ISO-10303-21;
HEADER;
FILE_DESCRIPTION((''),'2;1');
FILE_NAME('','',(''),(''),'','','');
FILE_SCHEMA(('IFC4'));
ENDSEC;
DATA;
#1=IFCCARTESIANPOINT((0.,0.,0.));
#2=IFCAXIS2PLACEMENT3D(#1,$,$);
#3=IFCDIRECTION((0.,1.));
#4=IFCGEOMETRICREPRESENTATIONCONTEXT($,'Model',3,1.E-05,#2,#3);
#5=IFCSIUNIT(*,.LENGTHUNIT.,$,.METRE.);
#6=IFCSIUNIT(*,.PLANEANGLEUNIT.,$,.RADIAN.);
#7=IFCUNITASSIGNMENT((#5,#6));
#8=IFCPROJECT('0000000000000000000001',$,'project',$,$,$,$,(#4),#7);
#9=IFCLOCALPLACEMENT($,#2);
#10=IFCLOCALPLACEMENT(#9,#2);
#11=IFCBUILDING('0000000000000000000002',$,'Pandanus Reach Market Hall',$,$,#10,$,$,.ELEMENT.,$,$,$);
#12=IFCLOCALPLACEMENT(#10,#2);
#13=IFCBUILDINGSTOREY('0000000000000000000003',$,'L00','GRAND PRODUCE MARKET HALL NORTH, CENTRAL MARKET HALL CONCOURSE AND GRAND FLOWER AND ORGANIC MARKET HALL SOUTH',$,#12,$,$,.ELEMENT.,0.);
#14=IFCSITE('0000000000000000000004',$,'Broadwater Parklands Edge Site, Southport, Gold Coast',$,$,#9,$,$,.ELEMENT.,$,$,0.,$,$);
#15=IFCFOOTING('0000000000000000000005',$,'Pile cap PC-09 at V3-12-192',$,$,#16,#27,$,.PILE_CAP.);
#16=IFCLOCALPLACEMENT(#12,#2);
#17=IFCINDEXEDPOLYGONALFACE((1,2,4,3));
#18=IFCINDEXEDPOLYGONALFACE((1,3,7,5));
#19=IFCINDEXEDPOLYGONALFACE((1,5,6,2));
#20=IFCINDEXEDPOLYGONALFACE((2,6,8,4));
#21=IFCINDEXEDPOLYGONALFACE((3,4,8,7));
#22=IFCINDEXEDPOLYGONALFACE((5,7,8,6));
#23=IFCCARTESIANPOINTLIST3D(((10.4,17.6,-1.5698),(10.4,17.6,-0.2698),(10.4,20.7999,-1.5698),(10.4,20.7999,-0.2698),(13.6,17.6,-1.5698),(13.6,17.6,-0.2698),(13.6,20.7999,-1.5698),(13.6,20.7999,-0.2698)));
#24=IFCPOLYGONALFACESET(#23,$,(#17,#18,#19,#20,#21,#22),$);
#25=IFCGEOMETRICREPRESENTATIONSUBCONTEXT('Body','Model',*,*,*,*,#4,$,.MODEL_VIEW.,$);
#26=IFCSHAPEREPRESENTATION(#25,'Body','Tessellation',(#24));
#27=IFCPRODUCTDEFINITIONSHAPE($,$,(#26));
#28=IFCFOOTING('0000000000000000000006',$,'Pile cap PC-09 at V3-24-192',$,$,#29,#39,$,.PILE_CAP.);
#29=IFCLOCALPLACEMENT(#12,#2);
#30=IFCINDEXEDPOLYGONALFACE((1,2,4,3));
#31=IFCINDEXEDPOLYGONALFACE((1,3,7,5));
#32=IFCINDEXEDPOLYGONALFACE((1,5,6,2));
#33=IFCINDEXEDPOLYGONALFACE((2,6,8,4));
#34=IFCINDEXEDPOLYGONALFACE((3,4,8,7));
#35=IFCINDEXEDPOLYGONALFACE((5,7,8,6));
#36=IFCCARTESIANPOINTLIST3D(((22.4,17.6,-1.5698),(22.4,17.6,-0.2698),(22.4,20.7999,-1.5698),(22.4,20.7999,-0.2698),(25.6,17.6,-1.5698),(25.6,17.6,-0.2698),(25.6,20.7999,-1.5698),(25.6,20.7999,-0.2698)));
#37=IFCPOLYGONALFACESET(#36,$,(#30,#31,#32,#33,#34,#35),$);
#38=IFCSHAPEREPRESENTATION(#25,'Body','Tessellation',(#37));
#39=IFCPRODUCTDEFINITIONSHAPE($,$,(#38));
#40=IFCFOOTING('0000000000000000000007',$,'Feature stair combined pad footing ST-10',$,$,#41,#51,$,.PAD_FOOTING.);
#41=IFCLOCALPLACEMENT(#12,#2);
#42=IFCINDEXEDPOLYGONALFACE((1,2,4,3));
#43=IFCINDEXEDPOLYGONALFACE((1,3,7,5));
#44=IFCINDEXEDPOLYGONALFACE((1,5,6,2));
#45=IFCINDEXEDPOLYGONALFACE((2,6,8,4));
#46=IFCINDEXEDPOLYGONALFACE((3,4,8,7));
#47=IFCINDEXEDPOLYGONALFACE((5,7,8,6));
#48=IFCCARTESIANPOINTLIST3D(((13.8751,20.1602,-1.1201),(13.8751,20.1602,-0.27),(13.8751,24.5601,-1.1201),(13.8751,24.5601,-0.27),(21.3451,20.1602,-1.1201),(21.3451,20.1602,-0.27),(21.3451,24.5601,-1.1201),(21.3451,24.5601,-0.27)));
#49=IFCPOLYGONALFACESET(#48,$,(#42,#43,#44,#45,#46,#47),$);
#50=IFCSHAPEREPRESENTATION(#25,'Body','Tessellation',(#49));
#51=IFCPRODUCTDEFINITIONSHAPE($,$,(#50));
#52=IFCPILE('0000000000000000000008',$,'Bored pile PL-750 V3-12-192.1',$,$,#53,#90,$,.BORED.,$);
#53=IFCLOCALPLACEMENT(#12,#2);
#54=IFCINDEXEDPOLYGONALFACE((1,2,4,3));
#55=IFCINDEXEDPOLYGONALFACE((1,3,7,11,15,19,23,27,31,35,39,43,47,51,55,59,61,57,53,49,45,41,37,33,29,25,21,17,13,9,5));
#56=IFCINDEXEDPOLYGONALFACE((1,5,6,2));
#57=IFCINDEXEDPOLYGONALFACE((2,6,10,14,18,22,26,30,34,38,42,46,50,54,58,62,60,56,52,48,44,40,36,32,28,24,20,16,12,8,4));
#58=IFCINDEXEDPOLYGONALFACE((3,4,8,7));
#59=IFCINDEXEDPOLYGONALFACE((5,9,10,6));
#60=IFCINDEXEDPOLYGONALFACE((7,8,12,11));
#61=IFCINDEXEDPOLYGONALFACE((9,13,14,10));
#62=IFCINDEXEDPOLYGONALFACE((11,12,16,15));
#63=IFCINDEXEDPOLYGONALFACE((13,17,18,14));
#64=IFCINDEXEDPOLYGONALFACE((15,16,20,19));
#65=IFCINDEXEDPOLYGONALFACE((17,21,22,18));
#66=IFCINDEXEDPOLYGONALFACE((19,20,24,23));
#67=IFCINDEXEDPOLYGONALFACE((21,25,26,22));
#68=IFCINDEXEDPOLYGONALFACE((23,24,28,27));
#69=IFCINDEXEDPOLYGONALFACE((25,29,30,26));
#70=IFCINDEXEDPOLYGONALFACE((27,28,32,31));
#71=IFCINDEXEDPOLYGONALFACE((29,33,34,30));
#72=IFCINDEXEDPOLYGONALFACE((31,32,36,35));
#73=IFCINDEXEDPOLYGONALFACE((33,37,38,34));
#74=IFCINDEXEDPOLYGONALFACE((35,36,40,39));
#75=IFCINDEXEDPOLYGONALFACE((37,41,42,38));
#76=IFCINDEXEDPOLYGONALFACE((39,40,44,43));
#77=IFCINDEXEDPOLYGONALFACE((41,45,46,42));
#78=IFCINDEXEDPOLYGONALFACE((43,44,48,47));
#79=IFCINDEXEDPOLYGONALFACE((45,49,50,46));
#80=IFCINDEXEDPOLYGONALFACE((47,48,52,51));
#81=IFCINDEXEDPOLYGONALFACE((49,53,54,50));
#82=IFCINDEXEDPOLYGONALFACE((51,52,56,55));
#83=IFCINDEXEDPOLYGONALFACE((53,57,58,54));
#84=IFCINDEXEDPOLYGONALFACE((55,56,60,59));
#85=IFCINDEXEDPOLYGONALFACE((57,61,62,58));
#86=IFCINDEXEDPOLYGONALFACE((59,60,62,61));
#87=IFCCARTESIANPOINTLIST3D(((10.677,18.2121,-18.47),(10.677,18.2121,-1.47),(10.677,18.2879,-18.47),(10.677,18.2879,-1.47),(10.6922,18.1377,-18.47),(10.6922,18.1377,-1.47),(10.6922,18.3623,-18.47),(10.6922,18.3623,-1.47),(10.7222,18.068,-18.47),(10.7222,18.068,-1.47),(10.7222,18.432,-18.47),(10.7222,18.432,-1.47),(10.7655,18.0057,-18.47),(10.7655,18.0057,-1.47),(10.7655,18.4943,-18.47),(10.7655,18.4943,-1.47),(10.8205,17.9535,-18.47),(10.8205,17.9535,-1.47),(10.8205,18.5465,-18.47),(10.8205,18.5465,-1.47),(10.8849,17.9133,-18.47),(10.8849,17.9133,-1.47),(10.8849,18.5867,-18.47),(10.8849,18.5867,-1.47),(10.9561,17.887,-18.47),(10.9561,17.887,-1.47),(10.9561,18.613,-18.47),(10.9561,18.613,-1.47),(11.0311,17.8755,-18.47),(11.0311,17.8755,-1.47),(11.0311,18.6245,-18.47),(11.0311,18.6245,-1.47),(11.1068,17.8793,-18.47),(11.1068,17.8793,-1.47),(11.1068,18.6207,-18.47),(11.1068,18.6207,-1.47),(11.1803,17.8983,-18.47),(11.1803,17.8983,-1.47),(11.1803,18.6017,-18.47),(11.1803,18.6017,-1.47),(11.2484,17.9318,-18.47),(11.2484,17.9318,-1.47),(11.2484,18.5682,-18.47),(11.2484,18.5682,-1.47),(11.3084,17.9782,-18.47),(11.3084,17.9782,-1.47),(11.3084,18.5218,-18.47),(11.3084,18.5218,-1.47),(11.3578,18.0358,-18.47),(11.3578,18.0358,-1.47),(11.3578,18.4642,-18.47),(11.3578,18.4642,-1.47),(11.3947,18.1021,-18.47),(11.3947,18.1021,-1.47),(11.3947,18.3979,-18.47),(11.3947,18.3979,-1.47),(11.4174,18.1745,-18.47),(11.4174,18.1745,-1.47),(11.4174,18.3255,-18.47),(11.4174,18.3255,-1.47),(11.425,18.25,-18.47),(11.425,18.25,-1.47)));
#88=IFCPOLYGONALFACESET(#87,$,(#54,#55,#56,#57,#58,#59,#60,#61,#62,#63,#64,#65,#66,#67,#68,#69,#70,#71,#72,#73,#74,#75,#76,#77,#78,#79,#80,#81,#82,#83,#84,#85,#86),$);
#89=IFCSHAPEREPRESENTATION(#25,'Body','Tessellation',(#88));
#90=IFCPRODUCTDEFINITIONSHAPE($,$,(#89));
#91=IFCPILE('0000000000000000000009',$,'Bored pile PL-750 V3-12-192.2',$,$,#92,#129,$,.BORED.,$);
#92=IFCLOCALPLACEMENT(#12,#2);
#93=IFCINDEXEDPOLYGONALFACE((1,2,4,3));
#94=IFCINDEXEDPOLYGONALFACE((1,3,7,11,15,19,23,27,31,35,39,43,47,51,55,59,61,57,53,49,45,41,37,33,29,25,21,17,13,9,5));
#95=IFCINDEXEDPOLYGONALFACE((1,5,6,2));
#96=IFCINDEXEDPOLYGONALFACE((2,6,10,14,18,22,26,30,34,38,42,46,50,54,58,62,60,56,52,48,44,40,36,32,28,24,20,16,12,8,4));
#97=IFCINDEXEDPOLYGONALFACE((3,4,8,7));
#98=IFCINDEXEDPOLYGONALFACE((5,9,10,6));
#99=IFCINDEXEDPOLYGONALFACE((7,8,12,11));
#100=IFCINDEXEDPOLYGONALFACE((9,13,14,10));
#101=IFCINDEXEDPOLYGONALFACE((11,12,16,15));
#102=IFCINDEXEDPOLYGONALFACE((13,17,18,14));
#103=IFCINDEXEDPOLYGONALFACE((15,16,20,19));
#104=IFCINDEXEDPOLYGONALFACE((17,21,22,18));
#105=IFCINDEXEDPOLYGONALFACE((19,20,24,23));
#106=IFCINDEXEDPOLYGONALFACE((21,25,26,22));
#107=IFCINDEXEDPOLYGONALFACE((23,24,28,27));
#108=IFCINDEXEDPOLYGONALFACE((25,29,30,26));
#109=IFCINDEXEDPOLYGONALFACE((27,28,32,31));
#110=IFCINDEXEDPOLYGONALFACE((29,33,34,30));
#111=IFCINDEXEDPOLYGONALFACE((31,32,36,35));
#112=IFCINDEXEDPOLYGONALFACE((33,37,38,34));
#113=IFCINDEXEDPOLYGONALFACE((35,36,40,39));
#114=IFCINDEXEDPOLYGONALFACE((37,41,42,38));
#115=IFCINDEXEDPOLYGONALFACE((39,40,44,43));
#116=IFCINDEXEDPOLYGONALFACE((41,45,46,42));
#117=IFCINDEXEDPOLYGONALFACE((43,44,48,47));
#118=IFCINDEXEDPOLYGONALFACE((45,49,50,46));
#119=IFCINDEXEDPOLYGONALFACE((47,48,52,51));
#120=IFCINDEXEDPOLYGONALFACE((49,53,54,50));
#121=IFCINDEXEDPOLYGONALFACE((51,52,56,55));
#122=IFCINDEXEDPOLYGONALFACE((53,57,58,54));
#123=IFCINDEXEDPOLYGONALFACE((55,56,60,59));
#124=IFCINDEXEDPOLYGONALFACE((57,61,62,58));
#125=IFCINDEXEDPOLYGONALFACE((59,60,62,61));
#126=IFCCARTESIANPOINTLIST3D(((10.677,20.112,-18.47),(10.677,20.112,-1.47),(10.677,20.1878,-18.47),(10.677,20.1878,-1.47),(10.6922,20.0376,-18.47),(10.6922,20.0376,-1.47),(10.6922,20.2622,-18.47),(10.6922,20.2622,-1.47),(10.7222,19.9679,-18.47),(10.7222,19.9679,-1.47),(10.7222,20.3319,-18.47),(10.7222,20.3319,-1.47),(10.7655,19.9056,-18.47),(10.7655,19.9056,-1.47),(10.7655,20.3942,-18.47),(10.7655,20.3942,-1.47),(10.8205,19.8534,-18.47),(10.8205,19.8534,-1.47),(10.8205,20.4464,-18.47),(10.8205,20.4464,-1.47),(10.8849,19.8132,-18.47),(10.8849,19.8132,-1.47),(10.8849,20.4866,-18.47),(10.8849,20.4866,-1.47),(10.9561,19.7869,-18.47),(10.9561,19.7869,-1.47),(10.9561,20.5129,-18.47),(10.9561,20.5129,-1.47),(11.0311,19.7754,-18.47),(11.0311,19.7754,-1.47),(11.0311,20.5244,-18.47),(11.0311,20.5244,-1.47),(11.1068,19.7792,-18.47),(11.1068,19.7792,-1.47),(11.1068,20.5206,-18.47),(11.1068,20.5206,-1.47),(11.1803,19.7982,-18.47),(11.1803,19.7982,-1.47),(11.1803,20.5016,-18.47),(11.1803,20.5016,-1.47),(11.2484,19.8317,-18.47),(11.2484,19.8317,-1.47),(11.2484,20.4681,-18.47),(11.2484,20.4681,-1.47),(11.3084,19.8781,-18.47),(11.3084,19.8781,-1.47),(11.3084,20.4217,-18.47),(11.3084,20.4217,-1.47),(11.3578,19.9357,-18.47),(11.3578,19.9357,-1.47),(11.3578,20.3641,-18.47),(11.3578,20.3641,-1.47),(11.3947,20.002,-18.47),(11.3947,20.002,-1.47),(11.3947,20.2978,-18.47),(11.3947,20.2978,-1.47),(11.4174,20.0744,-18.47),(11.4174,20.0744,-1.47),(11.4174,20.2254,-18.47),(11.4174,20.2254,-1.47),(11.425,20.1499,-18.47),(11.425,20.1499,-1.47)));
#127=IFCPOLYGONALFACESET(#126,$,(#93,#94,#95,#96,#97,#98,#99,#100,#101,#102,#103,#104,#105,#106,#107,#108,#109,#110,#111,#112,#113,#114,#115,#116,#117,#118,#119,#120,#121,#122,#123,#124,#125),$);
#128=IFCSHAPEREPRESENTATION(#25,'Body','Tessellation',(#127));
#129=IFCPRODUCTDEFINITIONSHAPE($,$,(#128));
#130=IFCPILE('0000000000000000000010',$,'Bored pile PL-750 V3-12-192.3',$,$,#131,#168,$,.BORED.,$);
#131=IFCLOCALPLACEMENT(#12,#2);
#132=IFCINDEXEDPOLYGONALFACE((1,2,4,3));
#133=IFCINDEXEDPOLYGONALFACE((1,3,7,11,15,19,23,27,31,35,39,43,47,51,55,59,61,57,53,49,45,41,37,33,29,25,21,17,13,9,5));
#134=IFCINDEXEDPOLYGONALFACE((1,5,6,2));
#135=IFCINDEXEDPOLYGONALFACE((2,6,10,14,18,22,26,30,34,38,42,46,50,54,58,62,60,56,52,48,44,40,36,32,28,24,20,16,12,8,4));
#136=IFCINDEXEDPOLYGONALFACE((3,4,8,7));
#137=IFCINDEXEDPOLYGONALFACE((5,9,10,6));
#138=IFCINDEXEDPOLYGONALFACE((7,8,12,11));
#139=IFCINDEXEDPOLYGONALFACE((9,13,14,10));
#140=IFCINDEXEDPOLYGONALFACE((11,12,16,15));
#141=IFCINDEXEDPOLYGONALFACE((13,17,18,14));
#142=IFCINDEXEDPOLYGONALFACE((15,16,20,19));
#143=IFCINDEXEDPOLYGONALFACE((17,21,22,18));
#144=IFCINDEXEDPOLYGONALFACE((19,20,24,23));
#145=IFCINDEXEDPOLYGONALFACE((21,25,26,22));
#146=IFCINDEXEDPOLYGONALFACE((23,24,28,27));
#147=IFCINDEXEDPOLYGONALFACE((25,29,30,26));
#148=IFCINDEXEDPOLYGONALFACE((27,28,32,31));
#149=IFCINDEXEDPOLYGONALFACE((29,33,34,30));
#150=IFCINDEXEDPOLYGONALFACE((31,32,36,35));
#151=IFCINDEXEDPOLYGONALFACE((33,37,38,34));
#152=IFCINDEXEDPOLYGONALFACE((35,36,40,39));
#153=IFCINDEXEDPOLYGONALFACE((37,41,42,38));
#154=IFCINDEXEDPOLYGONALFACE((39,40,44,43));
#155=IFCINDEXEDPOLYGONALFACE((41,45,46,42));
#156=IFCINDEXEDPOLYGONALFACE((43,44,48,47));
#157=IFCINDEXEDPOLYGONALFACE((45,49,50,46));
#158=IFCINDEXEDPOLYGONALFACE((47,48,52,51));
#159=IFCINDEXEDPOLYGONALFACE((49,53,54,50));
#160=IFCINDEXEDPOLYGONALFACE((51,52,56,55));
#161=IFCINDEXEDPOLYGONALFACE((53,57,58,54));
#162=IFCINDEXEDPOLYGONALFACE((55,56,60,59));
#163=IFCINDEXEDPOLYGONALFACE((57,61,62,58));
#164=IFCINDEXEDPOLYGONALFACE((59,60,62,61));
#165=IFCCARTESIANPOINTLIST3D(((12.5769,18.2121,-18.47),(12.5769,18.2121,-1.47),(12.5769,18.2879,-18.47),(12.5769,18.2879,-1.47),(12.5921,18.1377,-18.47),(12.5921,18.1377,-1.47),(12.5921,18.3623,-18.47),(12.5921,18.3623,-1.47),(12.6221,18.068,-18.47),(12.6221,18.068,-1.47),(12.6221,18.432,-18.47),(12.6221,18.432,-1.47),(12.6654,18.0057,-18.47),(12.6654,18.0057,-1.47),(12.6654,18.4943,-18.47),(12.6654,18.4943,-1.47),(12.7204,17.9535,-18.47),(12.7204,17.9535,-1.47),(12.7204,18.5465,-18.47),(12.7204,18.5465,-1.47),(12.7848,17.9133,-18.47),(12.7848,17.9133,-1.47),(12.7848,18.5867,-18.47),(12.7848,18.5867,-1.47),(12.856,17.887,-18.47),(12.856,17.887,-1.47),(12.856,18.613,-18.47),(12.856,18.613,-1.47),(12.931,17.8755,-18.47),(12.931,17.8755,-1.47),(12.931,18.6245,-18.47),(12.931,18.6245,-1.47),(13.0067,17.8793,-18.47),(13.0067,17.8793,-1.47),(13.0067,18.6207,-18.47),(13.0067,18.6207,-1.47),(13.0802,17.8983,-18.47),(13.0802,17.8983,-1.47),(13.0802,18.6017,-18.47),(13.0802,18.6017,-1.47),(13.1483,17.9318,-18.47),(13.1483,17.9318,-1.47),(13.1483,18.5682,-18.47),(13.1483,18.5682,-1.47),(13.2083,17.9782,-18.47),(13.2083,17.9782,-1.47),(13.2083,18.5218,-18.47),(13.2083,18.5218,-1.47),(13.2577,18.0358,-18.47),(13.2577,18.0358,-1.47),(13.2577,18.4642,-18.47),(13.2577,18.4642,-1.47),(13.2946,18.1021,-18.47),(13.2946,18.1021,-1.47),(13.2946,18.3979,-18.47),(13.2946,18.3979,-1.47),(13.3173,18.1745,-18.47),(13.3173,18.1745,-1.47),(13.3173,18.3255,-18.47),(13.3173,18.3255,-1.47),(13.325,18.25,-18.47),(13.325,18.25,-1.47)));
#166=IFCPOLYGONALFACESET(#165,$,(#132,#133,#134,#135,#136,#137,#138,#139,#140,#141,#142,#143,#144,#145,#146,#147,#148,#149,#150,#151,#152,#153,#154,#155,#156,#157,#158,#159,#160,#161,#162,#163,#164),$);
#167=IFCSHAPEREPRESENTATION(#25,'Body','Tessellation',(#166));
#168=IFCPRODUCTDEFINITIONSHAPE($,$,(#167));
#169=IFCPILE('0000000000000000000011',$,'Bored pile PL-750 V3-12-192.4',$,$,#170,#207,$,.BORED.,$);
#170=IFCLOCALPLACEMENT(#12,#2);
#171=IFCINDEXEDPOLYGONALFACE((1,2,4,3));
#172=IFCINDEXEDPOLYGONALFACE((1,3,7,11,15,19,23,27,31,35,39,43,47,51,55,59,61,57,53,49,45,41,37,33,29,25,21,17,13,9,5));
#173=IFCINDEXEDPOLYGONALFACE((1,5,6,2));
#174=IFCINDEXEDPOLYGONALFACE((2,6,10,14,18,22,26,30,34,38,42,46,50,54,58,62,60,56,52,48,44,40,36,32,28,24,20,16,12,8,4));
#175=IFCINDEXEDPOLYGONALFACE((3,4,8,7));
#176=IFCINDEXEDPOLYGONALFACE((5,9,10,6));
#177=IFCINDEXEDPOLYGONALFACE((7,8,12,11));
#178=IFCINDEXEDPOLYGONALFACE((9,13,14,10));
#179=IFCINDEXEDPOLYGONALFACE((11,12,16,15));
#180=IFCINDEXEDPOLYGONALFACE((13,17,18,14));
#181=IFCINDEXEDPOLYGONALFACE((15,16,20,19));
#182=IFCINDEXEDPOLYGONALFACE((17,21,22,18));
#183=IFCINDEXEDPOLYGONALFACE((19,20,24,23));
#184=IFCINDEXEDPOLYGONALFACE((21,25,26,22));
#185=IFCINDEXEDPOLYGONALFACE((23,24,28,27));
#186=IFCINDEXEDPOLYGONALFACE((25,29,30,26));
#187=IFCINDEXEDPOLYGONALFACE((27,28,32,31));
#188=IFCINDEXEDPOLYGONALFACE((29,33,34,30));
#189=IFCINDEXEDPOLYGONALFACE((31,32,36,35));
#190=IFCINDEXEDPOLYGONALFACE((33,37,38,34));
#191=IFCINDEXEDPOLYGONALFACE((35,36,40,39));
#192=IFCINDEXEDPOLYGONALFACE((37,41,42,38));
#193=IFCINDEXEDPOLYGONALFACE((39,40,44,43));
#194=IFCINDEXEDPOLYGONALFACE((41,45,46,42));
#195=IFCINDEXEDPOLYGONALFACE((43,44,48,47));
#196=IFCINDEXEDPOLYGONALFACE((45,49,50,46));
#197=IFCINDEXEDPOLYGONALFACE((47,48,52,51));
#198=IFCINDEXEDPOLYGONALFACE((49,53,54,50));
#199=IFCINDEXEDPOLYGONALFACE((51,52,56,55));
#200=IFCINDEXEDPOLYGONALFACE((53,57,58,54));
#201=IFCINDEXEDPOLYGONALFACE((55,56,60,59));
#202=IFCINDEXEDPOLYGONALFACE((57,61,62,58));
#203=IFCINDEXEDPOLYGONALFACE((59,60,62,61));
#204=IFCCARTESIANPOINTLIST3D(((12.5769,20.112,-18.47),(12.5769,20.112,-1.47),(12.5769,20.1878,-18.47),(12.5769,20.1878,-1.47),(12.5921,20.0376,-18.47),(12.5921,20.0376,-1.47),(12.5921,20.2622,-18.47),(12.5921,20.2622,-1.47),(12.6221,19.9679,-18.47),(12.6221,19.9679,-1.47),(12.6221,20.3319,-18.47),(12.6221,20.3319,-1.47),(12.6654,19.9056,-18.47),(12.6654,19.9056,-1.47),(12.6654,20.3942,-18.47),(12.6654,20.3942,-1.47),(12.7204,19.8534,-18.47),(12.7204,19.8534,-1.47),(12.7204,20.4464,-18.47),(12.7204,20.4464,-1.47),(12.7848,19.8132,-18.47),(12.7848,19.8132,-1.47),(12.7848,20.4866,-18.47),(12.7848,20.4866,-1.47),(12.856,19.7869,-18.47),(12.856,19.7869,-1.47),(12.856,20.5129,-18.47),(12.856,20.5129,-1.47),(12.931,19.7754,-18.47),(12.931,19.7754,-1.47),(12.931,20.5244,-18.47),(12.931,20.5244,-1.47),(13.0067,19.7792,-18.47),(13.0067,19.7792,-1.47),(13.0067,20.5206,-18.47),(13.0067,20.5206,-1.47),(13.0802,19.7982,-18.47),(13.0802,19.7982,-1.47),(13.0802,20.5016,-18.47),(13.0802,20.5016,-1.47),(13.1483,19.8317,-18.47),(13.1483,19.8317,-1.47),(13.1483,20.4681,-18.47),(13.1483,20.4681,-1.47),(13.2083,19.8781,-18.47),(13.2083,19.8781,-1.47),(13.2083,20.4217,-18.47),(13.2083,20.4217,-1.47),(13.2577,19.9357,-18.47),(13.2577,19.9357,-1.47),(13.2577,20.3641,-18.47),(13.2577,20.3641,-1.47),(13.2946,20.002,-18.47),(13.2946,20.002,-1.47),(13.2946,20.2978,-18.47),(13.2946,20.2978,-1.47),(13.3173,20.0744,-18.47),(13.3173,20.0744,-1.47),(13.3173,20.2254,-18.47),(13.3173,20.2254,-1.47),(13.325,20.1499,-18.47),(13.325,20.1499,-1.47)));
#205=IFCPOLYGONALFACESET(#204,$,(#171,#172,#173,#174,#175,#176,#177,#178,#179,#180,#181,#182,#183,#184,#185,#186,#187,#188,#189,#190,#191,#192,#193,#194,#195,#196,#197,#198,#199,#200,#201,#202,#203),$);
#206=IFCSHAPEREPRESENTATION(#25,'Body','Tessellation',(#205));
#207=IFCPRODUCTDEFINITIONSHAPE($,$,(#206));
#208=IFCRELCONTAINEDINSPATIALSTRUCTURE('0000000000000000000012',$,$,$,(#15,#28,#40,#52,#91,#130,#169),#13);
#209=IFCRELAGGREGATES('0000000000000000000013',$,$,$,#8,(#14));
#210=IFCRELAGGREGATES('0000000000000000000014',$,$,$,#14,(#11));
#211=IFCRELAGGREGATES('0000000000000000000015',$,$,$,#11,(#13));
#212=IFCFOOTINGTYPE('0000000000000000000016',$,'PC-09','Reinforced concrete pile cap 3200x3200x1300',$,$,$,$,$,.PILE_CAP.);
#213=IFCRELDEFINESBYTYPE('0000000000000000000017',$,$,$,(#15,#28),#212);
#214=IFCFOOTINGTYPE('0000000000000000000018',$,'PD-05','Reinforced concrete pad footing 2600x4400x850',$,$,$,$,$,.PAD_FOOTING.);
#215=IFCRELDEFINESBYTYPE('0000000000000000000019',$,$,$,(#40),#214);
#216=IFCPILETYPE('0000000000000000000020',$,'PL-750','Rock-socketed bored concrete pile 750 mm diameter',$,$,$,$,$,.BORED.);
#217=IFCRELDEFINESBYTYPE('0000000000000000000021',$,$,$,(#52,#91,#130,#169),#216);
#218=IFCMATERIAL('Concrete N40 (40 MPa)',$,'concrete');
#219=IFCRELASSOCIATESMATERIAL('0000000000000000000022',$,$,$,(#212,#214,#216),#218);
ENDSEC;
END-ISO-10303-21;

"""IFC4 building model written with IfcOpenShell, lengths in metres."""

from ifc_helpers import new_model, si_unit, direction, frame, origin, origin_2d, place, context, subcontext, project, spatial, rectangle, circle, extrude, material, material_profile, profile_set, type_object, element, save


model = new_model("IFC4")

# Units and contexts
model_context = context("Model", 3, precision=1e-05, world=origin(), true_north=direction((0.0, 1.0)))
body_context = subcontext(model_context, "Body", "Model", "MODEL_VIEW")
ifc_project = project(units=[si_unit("LENGTHUNIT", "METRE"), si_unit("PLANEANGLEUNIT", "RADIAN")], contexts=[model_context])

# Site, building, storey
site_placement = place(None, origin())
site = spatial("IfcSite", under=ifc_project, at=site_placement, Name="Broadwater Parklands Edge Site, Southport, Gold Coast", CompositionType="ELEMENT", RefElevation=0.0)
building_placement = place(site_placement, origin())
building = spatial("IfcBuilding", under=site, at=building_placement, Name="Pandanus Reach Market Hall", CompositionType="ELEMENT")
storey_placement = place(building_placement, origin())
storey = spatial("IfcBuildingStorey", under=building, at=storey_placement, Name="L00", Description="GRAND PRODUCE MARKET HALL NORTH, CENTRAL MARKET HALL CONCOURSE AND GRAND FLOWER AND ORGANIC MARKET HALL SOUTH", CompositionType="ELEMENT", Elevation=0.0)

# Footings
ifc_material_1 = material(Name="Concrete N40 (40 MPa)", Category="concrete")
footing_type_1 = type_object("IfcFootingType", Name="PC-09", Description="Reinforced concrete pile cap 3200x3200x1300", PredefinedType="PILE_CAP", material=ifc_material_1)
for number, where, z_axis, x_axis, name in (
    (1, (12.0, 19.2, -1.5698), (0.0, 0.0, 1.0), (1.0, 0.0, 0.0), "Pile cap PC-09 at V3-12-192"),
    (2, (24.0, 19.2, -1.5698), (0.0, 0.0, 1.0), (1.0, 0.0, 0.0), "Pile cap PC-09 at V3-24-192"),
):
    element("IfcFooting", number, at=place(storey_placement, frame(where, z_axis=z_axis, x_axis=x_axis)), inside=storey, type_object=footing_type_1, Name=name, PredefinedType="PILE_CAP", context=body_context, shape_type="SweptSolid", body=[
        extrude(rectangle(XDim=3.2, YDim=3.2, at=origin_2d()), origin(), (0.0, 0.0, 1.0), 1.3),
    ])
footing_type_2 = type_object("IfcFootingType", Name="PD-05", Description="Reinforced concrete pad footing 2600x4400x850", PredefinedType="PAD_FOOTING", material=ifc_material_1)
footing_placement = place(storey_placement, frame((17.6101, 22.3601, -1.1201), z_axis=(0.0, 0.0, 1.0), x_axis=(1.0, 0.0, 0.0)))
element("IfcFooting", 3, at=footing_placement, inside=storey, type_object=footing_type_2, Name="Feature stair combined pad footing ST-10", PredefinedType="PAD_FOOTING", context=body_context, shape_type="SweptSolid", body=[
    extrude(rectangle(XDim=7.47, YDim=4.3999, at=origin_2d()), origin(), (0.0, 0.0, 1.0), 0.8501),
])

# Piles
ifc_material_profile_1 = material_profile(ifc_material_1, circle(Radius=0.375, at=origin_2d()), Name="PILE-750D", Category="LoadBearing")
ifc_profile_set_1 = profile_set([ifc_material_profile_1], Name="Concrete N40 (40 MPa)")
pile_type = type_object("IfcPileType", Name="PL-750", Description="Rock-socketed bored concrete pile 750 mm diameter", PredefinedType="BORED", material=ifc_profile_set_1)
for number, where, z_axis, x_axis, name in (
    (4, (11.05, 18.25, -1.47), (0.0, 0.0, -1.0), (1.0, 0.0, 0.0), "Bored pile PL-750 V3-12-192.1"),
    (5, (11.05, 20.1499, -1.47), (0.0, 0.0, -1.0), (1.0, 0.0, 0.0), "Bored pile PL-750 V3-12-192.2"),
    (6, (12.95, 18.25, -1.47), (0.0, 0.0, -1.0), (1.0, 0.0, 0.0), "Bored pile PL-750 V3-12-192.3"),
    (7, (12.95, 20.1499, -1.47), (0.0, 0.0, -1.0), (1.0, 0.0, 0.0), "Bored pile PL-750 V3-12-192.4"),
):
    element("IfcPile", number, at=place(storey_placement, frame(where, z_axis=z_axis, x_axis=x_axis)), inside=storey, type_object=pile_type, Name=name, PredefinedType="BORED", context=body_context, shape_type="SweptSolid", body=[
        extrude(circle(Radius=0.375, at=origin_2d()), origin(), (0.0, 0.0, 1.0), 17.0),
    ])

save(model, "model.ifc")
